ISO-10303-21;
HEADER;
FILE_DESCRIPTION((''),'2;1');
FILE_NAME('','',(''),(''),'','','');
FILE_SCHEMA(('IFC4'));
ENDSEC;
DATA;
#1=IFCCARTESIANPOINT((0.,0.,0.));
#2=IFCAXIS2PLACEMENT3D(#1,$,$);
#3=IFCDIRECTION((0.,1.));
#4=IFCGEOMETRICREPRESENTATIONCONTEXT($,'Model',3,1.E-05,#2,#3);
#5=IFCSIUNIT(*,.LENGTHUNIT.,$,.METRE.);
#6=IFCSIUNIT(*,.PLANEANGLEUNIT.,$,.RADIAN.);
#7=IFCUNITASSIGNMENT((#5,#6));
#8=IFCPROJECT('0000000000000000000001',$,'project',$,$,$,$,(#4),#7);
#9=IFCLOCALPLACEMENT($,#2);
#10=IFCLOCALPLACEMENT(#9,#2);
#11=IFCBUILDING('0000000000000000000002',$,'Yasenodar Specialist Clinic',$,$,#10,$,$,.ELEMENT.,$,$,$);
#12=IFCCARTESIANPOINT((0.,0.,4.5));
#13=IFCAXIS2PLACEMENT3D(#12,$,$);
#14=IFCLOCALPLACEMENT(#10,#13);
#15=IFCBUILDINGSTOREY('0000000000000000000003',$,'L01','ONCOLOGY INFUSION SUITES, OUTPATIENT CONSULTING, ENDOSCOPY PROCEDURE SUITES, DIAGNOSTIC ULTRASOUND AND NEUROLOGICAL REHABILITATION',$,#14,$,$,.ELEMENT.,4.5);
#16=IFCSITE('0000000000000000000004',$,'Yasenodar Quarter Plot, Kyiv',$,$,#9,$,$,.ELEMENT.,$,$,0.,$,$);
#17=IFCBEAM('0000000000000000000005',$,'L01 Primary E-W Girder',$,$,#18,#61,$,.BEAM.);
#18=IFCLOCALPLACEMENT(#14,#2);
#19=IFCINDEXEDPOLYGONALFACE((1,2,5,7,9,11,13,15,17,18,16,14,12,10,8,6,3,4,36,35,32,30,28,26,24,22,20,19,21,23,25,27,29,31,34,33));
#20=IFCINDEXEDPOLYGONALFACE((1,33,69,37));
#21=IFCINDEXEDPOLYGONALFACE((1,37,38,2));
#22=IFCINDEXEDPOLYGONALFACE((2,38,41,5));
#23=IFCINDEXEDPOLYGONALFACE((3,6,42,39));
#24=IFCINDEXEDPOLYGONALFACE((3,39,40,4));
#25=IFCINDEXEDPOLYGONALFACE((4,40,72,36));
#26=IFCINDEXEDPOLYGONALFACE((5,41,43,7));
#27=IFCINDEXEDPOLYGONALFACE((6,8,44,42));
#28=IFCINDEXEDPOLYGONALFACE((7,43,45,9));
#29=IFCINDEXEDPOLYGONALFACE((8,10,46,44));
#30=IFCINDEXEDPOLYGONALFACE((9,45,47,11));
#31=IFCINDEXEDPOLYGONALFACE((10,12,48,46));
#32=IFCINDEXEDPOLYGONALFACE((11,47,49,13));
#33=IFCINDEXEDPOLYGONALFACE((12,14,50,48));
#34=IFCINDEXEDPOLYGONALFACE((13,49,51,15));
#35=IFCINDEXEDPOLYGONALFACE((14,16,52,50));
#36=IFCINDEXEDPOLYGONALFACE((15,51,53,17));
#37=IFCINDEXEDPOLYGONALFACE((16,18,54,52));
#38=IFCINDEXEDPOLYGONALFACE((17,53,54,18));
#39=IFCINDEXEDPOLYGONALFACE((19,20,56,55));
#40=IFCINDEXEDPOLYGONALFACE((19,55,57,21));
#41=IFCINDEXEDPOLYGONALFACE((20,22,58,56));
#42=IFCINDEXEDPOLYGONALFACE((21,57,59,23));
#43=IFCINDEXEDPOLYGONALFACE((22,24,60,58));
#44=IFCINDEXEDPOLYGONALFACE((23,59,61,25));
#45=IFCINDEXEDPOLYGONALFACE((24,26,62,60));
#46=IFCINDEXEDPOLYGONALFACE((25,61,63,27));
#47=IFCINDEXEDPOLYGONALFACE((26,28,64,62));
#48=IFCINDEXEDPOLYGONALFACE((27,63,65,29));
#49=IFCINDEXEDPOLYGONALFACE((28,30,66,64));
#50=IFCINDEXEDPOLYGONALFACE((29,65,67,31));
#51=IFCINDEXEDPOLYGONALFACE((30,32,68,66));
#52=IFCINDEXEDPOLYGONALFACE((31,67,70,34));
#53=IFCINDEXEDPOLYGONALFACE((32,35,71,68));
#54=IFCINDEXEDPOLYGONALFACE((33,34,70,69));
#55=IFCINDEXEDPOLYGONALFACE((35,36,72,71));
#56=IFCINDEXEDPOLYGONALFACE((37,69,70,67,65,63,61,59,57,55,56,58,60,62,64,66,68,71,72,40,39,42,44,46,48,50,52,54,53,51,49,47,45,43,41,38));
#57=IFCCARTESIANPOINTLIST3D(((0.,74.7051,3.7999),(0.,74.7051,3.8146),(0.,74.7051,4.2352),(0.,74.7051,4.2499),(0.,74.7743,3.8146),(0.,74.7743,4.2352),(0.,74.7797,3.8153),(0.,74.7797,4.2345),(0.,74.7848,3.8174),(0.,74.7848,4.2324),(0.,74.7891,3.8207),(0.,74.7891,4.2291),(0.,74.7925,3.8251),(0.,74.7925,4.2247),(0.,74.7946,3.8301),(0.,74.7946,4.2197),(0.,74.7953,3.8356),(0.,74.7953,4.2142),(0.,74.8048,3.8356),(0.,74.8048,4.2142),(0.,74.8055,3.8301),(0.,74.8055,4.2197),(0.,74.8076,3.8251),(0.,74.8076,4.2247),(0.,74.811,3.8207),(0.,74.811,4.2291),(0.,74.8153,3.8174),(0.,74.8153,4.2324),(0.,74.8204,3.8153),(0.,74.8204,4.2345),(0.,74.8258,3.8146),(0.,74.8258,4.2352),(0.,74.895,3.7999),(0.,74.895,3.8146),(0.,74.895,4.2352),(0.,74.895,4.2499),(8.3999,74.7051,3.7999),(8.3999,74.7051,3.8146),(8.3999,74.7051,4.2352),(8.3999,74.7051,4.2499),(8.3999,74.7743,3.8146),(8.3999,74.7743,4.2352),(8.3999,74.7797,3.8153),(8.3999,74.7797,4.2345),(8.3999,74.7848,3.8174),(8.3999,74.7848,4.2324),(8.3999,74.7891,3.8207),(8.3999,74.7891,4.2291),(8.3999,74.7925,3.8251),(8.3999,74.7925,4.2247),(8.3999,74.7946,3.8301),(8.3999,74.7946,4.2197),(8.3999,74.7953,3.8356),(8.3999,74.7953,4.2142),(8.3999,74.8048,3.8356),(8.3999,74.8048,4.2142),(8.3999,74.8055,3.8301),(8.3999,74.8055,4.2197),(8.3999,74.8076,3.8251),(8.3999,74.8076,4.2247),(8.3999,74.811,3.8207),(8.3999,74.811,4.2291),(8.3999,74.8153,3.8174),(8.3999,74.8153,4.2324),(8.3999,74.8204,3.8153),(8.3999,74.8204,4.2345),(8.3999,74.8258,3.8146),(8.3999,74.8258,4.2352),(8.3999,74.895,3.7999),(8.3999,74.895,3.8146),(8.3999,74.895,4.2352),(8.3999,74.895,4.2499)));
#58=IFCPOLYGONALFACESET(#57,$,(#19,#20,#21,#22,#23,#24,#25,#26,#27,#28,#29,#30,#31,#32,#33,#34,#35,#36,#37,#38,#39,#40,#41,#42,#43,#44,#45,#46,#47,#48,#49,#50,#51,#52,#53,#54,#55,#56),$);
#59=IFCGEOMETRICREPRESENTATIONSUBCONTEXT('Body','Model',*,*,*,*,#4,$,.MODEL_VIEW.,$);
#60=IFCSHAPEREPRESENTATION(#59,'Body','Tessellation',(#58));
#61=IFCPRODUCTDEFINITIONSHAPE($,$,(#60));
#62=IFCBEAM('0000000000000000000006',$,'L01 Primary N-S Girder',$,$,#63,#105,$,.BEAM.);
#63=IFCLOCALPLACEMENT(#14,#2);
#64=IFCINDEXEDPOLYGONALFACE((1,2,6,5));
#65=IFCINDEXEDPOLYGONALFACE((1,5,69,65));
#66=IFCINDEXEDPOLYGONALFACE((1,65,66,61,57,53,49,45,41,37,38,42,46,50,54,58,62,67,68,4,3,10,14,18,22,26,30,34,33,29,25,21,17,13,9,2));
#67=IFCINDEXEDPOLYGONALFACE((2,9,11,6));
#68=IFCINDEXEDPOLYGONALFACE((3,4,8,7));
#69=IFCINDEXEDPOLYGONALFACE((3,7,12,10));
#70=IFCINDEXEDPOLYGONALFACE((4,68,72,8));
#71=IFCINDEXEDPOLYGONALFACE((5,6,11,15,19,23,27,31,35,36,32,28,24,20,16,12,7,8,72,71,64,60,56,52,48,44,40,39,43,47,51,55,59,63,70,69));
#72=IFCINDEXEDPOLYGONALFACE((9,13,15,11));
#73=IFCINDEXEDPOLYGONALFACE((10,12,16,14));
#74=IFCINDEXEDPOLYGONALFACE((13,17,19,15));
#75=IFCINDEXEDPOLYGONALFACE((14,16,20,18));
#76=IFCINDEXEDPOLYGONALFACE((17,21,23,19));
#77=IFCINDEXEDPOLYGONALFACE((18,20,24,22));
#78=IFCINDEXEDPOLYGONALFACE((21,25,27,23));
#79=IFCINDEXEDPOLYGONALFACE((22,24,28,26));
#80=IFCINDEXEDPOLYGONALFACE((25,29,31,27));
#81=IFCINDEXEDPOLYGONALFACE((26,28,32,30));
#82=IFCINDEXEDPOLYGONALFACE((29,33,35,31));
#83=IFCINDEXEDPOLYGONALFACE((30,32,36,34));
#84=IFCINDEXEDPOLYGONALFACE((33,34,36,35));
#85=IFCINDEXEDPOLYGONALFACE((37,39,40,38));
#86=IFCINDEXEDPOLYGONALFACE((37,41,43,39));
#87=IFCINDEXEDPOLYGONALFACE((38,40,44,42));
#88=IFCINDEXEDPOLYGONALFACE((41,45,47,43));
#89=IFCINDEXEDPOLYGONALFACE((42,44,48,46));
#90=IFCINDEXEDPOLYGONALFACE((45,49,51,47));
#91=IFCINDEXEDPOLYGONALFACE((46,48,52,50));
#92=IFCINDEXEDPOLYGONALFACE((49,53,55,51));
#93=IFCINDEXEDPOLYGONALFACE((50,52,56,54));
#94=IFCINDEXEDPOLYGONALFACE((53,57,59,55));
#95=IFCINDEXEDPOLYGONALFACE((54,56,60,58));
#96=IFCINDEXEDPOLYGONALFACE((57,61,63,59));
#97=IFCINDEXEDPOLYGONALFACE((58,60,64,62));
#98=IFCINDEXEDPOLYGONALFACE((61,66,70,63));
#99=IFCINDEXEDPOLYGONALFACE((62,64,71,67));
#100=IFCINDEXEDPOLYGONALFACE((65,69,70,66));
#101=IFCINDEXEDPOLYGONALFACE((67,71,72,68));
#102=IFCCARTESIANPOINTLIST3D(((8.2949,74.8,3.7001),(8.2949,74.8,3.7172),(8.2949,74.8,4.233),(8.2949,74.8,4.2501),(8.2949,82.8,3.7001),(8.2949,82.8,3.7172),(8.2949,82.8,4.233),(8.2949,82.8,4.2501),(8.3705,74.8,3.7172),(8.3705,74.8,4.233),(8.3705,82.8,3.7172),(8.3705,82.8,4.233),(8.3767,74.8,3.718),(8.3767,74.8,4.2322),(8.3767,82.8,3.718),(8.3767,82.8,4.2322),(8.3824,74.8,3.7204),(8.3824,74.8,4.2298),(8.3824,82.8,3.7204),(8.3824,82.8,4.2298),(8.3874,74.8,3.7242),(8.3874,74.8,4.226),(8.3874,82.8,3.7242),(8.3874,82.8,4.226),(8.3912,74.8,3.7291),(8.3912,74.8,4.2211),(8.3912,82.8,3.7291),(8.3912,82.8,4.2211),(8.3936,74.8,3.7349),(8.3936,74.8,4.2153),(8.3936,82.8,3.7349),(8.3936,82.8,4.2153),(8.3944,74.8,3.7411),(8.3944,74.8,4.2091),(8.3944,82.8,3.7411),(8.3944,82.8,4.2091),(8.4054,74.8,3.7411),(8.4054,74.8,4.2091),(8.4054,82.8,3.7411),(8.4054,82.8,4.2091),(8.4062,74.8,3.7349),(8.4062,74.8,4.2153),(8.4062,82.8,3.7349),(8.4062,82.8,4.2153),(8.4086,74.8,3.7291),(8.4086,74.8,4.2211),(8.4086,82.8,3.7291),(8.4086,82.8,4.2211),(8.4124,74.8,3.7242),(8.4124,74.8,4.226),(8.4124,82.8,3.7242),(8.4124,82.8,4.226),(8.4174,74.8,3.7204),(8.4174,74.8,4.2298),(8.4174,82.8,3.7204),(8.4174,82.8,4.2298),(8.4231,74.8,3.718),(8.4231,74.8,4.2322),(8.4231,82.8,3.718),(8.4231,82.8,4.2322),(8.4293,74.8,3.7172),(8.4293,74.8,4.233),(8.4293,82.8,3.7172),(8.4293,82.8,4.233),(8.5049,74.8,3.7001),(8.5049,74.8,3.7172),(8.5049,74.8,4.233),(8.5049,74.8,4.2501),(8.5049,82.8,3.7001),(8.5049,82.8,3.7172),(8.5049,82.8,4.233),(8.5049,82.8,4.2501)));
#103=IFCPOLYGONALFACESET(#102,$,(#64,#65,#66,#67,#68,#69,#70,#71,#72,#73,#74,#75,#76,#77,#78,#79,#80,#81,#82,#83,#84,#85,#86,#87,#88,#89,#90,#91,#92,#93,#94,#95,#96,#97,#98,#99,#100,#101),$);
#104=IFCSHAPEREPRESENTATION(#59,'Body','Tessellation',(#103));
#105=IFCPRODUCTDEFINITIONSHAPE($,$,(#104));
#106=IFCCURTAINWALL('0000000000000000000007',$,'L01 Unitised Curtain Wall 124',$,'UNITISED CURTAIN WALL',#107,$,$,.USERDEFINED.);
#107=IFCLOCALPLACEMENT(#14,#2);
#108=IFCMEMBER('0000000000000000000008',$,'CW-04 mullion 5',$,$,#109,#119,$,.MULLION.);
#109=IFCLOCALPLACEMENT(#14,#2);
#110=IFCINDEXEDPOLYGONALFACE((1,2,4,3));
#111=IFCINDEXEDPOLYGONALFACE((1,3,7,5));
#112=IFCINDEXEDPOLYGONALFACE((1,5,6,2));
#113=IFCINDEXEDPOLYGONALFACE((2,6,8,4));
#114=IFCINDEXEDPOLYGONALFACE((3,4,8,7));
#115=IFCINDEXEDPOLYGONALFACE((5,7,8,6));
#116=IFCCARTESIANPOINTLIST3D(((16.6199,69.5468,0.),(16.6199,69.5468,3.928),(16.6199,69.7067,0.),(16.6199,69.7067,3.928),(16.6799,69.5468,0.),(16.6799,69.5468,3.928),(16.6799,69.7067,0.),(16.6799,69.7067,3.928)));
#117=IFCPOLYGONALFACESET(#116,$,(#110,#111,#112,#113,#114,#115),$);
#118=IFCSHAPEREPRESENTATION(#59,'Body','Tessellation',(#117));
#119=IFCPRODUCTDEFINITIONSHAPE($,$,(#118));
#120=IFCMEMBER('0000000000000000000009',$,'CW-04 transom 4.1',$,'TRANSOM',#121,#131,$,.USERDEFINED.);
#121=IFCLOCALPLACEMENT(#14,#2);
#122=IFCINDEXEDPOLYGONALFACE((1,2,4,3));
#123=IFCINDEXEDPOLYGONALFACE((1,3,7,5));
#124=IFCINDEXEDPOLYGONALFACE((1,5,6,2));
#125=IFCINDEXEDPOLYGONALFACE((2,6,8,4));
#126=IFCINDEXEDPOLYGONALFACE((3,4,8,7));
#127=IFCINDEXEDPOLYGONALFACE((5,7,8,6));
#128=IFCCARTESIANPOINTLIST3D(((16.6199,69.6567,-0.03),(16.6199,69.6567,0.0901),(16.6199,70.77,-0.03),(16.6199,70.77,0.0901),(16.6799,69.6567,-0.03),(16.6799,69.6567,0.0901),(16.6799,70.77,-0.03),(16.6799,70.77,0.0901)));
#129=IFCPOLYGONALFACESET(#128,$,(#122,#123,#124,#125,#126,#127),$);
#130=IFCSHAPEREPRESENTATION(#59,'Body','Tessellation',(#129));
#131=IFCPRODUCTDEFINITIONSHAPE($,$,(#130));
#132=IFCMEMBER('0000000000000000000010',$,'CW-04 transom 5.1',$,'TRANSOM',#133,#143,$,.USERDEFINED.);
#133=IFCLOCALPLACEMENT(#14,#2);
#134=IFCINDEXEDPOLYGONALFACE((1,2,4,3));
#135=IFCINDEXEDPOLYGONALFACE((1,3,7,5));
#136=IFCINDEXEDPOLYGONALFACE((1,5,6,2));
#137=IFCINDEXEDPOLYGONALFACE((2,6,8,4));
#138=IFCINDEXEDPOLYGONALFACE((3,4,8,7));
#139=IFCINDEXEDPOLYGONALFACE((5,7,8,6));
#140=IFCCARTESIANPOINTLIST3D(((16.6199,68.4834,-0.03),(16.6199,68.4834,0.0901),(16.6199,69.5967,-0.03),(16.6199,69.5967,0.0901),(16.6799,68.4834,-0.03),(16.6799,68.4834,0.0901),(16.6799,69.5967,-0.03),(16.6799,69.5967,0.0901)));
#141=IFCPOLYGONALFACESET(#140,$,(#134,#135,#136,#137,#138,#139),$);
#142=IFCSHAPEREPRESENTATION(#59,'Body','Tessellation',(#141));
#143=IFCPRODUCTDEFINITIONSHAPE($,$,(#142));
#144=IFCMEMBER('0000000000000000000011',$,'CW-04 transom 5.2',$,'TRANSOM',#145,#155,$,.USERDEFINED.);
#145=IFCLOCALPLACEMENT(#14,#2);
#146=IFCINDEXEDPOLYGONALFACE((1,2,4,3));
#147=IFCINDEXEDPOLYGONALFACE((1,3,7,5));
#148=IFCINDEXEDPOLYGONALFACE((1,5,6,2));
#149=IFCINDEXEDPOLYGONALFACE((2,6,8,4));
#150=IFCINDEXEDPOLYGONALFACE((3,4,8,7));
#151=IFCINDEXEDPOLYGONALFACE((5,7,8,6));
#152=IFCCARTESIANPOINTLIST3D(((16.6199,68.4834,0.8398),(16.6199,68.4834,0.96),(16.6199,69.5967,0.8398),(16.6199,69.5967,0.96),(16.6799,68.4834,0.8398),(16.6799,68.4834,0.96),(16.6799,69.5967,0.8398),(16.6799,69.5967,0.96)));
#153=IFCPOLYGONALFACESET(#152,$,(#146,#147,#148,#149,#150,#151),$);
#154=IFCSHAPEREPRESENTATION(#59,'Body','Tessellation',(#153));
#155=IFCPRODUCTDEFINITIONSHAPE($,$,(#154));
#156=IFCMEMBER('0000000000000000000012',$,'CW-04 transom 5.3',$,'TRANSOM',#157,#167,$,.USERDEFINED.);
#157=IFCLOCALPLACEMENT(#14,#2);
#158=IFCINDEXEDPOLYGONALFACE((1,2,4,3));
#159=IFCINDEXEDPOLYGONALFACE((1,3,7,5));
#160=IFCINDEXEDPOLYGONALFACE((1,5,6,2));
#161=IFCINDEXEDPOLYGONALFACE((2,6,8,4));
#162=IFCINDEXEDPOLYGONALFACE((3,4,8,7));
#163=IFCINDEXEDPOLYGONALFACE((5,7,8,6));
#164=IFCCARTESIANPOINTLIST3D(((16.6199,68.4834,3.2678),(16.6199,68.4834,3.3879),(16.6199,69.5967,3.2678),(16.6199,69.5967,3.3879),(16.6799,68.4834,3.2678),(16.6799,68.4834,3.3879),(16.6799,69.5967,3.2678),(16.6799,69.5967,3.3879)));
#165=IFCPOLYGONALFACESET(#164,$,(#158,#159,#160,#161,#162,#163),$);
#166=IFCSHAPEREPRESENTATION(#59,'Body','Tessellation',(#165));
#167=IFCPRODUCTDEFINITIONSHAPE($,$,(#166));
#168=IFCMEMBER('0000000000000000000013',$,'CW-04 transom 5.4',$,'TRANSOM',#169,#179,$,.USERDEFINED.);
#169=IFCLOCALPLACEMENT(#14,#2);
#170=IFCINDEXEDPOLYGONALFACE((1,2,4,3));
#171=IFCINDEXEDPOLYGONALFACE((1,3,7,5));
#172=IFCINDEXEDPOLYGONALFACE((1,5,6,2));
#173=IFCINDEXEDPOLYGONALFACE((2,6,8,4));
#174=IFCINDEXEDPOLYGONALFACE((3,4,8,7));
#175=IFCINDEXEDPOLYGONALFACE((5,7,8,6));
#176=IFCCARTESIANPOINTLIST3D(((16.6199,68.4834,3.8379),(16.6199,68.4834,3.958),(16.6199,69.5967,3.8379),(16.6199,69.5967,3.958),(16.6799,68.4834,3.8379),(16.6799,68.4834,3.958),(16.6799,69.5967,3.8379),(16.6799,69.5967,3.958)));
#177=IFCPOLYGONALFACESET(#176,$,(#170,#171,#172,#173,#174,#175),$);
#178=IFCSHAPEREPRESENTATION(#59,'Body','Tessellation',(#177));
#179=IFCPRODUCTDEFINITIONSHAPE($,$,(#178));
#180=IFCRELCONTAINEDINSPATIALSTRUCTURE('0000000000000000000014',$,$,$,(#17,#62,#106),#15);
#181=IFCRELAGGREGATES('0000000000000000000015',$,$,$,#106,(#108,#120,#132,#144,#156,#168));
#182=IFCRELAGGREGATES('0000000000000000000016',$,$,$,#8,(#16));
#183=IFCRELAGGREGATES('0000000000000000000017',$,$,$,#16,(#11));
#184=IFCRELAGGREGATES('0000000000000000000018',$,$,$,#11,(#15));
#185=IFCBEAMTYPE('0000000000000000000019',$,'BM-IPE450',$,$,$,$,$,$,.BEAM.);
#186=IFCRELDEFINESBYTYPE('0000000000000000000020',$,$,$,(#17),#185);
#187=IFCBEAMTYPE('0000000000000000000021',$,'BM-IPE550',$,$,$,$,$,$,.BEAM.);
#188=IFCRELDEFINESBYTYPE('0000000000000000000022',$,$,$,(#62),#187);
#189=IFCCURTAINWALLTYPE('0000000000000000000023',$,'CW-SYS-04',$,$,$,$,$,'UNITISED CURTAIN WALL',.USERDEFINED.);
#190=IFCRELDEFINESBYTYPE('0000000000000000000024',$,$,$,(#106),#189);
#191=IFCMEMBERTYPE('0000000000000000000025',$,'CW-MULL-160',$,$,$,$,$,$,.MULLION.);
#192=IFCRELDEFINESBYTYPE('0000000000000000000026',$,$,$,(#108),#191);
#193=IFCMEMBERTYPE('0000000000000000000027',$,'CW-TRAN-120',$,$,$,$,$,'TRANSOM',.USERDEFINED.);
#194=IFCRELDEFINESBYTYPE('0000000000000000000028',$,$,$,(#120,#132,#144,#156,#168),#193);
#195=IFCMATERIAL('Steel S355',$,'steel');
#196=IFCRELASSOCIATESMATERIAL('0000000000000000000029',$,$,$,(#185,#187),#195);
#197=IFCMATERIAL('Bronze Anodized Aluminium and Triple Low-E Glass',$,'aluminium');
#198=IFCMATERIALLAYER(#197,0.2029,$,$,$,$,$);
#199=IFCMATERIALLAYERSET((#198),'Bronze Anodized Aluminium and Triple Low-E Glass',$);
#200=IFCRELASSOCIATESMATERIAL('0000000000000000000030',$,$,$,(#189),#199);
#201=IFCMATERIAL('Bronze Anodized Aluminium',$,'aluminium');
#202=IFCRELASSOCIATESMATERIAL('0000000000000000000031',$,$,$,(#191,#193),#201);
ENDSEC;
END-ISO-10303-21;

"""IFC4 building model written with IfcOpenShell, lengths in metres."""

from ifc_helpers import new_model, si_unit, direction, frame, origin, origin_2d, place, context, subcontext, project, spatial, rectangle, i_section, extrude, material, layer, layer_set, material_profile, profile_set, type_object, element, aggregate, save


model = new_model("IFC4")

# Units and contexts
model_context = context("Model", 3, precision=1e-05, world=origin(), true_north=direction((0.0, 1.0)))
body_context = subcontext(model_context, "Body", "Model", "MODEL_VIEW")
ifc_project = project(units=[si_unit("LENGTHUNIT", "METRE"), si_unit("PLANEANGLEUNIT", "RADIAN")], contexts=[model_context])

# Site, building, storey
site_placement = place(None, origin())
site = spatial("IfcSite", under=ifc_project, at=site_placement, Name="Yasenodar Quarter Plot, Kyiv", CompositionType="ELEMENT", RefElevation=0.0)
building_placement = place(site_placement, origin())
building = spatial("IfcBuilding", under=site, at=building_placement, Name="Yasenodar Specialist Clinic", CompositionType="ELEMENT")
storey_placement = place(building_placement, frame((0.0, 0.0, 4.5)))
storey = spatial("IfcBuildingStorey", under=building, at=storey_placement, Name="L01", Description="ONCOLOGY INFUSION SUITES, OUTPATIENT CONSULTING, ENDOSCOPY PROCEDURE SUITES, DIAGNOSTIC ULTRASOUND AND NEUROLOGICAL REHABILITATION", CompositionType="ELEMENT", Elevation=4.5)

# Shared definitions
ifc_material_1 = material(Name="Steel S355", Category="steel")

# Beams
ifc_material_profile_1 = material_profile(ifc_material_1, i_section(OverallWidth=0.1899, OverallDepth=0.45, WebThickness=0.0095, FlangeThickness=0.0146, FilletRadius=0.021, at=origin_2d()), Name="IPE 450")
ifc_profile_set_1 = profile_set([ifc_material_profile_1], Name="Steel S355")
beam_type_1 = type_object("IfcBeamType", Name="BM-IPE450", PredefinedType="BEAM", material=ifc_profile_set_1)
beam_1_placement = place(storey_placement, frame((0.0, 74.8, 4.0249), z_axis=(1.0, 0.0, 0.0), x_axis=(0.0, 1.0, 0.0)))
element("IfcBeam", 1, at=beam_1_placement, inside=storey, type_object=beam_type_1, Name="L01 Primary E-W Girder", PredefinedType="BEAM", context=body_context, shape_type="SweptSolid", body=[
    extrude(i_section(OverallWidth=0.1899, OverallDepth=0.45, WebThickness=0.0095, FlangeThickness=0.0146, FilletRadius=0.021, at=origin_2d()), origin(), (0.0, 0.0, 1.0), 8.3999),
])
ifc_material_profile_2 = material_profile(ifc_material_1, i_section(OverallWidth=0.21, OverallDepth=0.55, WebThickness=0.011, FlangeThickness=0.0171, FilletRadius=0.0239, at=origin_2d()), Name="IPE 550")
ifc_profile_set_2 = profile_set([ifc_material_profile_2], Name="Steel S355")
beam_type_2 = type_object("IfcBeamType", Name="BM-IPE550", PredefinedType="BEAM", material=ifc_profile_set_2)
beam_2_placement = place(storey_placement, frame((8.3999, 74.8, 3.9751), z_axis=(0.0, 1.0, 0.0), x_axis=(-1.0, 0.0, 0.0)))
element("IfcBeam", 2, at=beam_2_placement, inside=storey, type_object=beam_type_2, Name="L01 Primary N-S Girder", PredefinedType="BEAM", context=body_context, shape_type="SweptSolid", body=[
    extrude(i_section(OverallWidth=0.21, OverallDepth=0.55, WebThickness=0.011, FlangeThickness=0.0171, FilletRadius=0.0239, at=origin_2d()), origin(), (0.0, 0.0, 1.0), 8.0),
])

# Curtain wall, members
ifc_material_2 = material(Name="Bronze Anodized Aluminium and Triple Low-E Glass", Category="aluminium")
ifc_layer_1 = layer(ifc_material_2, 0.2029)
ifc_layer_set_1 = layer_set([ifc_layer_1], Name="Bronze Anodized Aluminium and Triple Low-E Glass")
curtain_wall_type = type_object("IfcCurtainWallType", Name="CW-SYS-04", ElementType="UNITISED CURTAIN WALL", PredefinedType="USERDEFINED", material=ifc_layer_set_1)
curtain_wall_placement = place(storey_placement, origin())
curtain_wall = element("IfcCurtainWall", 3, at=curtain_wall_placement, inside=storey, type_object=curtain_wall_type, Name="L01 Unitised Curtain Wall 124", ObjectType="UNITISED CURTAIN WALL", PredefinedType="USERDEFINED")
ifc_material_3 = material(Name="Bronze Anodized Aluminium", Category="aluminium")
ifc_material_profile_3 = material_profile(ifc_material_3, rectangle(XDim=0.0601, YDim=0.1599, at=origin_2d()), Name="CW-MULL 60x160")
ifc_profile_set_3 = profile_set([ifc_material_profile_3], Name="Bronze Anodized Aluminium")
member_type_1 = type_object("IfcMemberType", Name="CW-MULL-160", PredefinedType="MULLION", material=ifc_profile_set_3)
member_1_placement = place(storey_placement, frame((16.6499, 69.6267, 0.0), z_axis=(0.0, 0.0, 1.0), x_axis=(1.0, 0.0, 0.0)))
member_1 = element("IfcMember", 4, at=member_1_placement, type_object=member_type_1, Name="CW-04 mullion 5", PredefinedType="MULLION", context=body_context, shape_type="SweptSolid", body=[
    extrude(rectangle(XDim=0.0601, YDim=0.1599, at=origin_2d()), origin(), (0.0, 0.0, 1.0), 3.928),
])
ifc_material_profile_4 = material_profile(ifc_material_3, rectangle(XDim=0.0601, YDim=0.1201, at=origin_2d()), Name="CW-TRAN 60x120")
ifc_profile_set_4 = profile_set([ifc_material_profile_4], Name="Bronze Anodized Aluminium")
member_type_2 = type_object("IfcMemberType", Name="CW-TRAN-120", ElementType="TRANSOM", PredefinedType="USERDEFINED", material=ifc_profile_set_4)
member_2_placement = place(storey_placement, frame((16.6499, 70.77, 0.03), z_axis=(0.0, -1.0, 0.0), x_axis=(1.0, 0.0, 0.0)))
member_2 = element("IfcMember", 5, at=member_2_placement, type_object=member_type_2, Name="CW-04 transom 4.1", ObjectType="TRANSOM", PredefinedType="USERDEFINED", context=body_context, shape_type="SweptSolid", body=[
    extrude(rectangle(XDim=0.0601, YDim=0.1201, at=origin_2d()), origin(), (0.0, 0.0, 1.0), 1.1133),
])
member_3_placement = place(storey_placement, frame((16.6499, 69.5967, 0.03), z_axis=(0.0, -1.0, 0.0), x_axis=(1.0, 0.0, 0.0)))
member_3 = element("IfcMember", 6, at=member_3_placement, type_object=member_type_2, Name="CW-04 transom 5.1", ObjectType="TRANSOM", PredefinedType="USERDEFINED", context=body_context, shape_type="SweptSolid", body=[
    extrude(rectangle(XDim=0.0601, YDim=0.1201, at=origin_2d()), origin(), (0.0, 0.0, 1.0), 1.1133),
])
member_4_placement = place(storey_placement, frame((16.6499, 69.5967, 0.8999), z_axis=(0.0, -1.0, 0.0), x_axis=(1.0, 0.0, 0.0)))
member_4 = element("IfcMember", 7, at=member_4_placement, type_object=member_type_2, Name="CW-04 transom 5.2", ObjectType="TRANSOM", PredefinedType="USERDEFINED", context=body_context, shape_type="SweptSolid", body=[
    extrude(rectangle(XDim=0.0601, YDim=0.1201, at=origin_2d()), origin(), (0.0, 0.0, 1.0), 1.1133),
])
member_5_placement = place(storey_placement, frame((16.6499, 69.5967, 3.3279), z_axis=(0.0, -1.0, 0.0), x_axis=(1.0, 0.0, 0.0)))
member_5 = element("IfcMember", 8, at=member_5_placement, type_object=member_type_2, Name="CW-04 transom 5.3", ObjectType="TRANSOM", PredefinedType="USERDEFINED", context=body_context, shape_type="SweptSolid", body=[
    extrude(rectangle(XDim=0.0601, YDim=0.1201, at=origin_2d()), origin(), (0.0, 0.0, 1.0), 1.1133),
])
member_6_placement = place(storey_placement, frame((16.6499, 69.5967, 3.8979), z_axis=(0.0, -1.0, 0.0), x_axis=(1.0, 0.0, 0.0)))
member_6 = element("IfcMember", 9, at=member_6_placement, type_object=member_type_2, Name="CW-04 transom 5.4", ObjectType="TRANSOM", PredefinedType="USERDEFINED", context=body_context, shape_type="SweptSolid", body=[
    extrude(rectangle(XDim=0.0601, YDim=0.1201, at=origin_2d()), origin(), (0.0, 0.0, 1.0), 1.1133),
])

aggregate(curtain_wall, [member_1, member_2, member_3, member_4, member_5, member_6])

save(model, "model.ifc")
